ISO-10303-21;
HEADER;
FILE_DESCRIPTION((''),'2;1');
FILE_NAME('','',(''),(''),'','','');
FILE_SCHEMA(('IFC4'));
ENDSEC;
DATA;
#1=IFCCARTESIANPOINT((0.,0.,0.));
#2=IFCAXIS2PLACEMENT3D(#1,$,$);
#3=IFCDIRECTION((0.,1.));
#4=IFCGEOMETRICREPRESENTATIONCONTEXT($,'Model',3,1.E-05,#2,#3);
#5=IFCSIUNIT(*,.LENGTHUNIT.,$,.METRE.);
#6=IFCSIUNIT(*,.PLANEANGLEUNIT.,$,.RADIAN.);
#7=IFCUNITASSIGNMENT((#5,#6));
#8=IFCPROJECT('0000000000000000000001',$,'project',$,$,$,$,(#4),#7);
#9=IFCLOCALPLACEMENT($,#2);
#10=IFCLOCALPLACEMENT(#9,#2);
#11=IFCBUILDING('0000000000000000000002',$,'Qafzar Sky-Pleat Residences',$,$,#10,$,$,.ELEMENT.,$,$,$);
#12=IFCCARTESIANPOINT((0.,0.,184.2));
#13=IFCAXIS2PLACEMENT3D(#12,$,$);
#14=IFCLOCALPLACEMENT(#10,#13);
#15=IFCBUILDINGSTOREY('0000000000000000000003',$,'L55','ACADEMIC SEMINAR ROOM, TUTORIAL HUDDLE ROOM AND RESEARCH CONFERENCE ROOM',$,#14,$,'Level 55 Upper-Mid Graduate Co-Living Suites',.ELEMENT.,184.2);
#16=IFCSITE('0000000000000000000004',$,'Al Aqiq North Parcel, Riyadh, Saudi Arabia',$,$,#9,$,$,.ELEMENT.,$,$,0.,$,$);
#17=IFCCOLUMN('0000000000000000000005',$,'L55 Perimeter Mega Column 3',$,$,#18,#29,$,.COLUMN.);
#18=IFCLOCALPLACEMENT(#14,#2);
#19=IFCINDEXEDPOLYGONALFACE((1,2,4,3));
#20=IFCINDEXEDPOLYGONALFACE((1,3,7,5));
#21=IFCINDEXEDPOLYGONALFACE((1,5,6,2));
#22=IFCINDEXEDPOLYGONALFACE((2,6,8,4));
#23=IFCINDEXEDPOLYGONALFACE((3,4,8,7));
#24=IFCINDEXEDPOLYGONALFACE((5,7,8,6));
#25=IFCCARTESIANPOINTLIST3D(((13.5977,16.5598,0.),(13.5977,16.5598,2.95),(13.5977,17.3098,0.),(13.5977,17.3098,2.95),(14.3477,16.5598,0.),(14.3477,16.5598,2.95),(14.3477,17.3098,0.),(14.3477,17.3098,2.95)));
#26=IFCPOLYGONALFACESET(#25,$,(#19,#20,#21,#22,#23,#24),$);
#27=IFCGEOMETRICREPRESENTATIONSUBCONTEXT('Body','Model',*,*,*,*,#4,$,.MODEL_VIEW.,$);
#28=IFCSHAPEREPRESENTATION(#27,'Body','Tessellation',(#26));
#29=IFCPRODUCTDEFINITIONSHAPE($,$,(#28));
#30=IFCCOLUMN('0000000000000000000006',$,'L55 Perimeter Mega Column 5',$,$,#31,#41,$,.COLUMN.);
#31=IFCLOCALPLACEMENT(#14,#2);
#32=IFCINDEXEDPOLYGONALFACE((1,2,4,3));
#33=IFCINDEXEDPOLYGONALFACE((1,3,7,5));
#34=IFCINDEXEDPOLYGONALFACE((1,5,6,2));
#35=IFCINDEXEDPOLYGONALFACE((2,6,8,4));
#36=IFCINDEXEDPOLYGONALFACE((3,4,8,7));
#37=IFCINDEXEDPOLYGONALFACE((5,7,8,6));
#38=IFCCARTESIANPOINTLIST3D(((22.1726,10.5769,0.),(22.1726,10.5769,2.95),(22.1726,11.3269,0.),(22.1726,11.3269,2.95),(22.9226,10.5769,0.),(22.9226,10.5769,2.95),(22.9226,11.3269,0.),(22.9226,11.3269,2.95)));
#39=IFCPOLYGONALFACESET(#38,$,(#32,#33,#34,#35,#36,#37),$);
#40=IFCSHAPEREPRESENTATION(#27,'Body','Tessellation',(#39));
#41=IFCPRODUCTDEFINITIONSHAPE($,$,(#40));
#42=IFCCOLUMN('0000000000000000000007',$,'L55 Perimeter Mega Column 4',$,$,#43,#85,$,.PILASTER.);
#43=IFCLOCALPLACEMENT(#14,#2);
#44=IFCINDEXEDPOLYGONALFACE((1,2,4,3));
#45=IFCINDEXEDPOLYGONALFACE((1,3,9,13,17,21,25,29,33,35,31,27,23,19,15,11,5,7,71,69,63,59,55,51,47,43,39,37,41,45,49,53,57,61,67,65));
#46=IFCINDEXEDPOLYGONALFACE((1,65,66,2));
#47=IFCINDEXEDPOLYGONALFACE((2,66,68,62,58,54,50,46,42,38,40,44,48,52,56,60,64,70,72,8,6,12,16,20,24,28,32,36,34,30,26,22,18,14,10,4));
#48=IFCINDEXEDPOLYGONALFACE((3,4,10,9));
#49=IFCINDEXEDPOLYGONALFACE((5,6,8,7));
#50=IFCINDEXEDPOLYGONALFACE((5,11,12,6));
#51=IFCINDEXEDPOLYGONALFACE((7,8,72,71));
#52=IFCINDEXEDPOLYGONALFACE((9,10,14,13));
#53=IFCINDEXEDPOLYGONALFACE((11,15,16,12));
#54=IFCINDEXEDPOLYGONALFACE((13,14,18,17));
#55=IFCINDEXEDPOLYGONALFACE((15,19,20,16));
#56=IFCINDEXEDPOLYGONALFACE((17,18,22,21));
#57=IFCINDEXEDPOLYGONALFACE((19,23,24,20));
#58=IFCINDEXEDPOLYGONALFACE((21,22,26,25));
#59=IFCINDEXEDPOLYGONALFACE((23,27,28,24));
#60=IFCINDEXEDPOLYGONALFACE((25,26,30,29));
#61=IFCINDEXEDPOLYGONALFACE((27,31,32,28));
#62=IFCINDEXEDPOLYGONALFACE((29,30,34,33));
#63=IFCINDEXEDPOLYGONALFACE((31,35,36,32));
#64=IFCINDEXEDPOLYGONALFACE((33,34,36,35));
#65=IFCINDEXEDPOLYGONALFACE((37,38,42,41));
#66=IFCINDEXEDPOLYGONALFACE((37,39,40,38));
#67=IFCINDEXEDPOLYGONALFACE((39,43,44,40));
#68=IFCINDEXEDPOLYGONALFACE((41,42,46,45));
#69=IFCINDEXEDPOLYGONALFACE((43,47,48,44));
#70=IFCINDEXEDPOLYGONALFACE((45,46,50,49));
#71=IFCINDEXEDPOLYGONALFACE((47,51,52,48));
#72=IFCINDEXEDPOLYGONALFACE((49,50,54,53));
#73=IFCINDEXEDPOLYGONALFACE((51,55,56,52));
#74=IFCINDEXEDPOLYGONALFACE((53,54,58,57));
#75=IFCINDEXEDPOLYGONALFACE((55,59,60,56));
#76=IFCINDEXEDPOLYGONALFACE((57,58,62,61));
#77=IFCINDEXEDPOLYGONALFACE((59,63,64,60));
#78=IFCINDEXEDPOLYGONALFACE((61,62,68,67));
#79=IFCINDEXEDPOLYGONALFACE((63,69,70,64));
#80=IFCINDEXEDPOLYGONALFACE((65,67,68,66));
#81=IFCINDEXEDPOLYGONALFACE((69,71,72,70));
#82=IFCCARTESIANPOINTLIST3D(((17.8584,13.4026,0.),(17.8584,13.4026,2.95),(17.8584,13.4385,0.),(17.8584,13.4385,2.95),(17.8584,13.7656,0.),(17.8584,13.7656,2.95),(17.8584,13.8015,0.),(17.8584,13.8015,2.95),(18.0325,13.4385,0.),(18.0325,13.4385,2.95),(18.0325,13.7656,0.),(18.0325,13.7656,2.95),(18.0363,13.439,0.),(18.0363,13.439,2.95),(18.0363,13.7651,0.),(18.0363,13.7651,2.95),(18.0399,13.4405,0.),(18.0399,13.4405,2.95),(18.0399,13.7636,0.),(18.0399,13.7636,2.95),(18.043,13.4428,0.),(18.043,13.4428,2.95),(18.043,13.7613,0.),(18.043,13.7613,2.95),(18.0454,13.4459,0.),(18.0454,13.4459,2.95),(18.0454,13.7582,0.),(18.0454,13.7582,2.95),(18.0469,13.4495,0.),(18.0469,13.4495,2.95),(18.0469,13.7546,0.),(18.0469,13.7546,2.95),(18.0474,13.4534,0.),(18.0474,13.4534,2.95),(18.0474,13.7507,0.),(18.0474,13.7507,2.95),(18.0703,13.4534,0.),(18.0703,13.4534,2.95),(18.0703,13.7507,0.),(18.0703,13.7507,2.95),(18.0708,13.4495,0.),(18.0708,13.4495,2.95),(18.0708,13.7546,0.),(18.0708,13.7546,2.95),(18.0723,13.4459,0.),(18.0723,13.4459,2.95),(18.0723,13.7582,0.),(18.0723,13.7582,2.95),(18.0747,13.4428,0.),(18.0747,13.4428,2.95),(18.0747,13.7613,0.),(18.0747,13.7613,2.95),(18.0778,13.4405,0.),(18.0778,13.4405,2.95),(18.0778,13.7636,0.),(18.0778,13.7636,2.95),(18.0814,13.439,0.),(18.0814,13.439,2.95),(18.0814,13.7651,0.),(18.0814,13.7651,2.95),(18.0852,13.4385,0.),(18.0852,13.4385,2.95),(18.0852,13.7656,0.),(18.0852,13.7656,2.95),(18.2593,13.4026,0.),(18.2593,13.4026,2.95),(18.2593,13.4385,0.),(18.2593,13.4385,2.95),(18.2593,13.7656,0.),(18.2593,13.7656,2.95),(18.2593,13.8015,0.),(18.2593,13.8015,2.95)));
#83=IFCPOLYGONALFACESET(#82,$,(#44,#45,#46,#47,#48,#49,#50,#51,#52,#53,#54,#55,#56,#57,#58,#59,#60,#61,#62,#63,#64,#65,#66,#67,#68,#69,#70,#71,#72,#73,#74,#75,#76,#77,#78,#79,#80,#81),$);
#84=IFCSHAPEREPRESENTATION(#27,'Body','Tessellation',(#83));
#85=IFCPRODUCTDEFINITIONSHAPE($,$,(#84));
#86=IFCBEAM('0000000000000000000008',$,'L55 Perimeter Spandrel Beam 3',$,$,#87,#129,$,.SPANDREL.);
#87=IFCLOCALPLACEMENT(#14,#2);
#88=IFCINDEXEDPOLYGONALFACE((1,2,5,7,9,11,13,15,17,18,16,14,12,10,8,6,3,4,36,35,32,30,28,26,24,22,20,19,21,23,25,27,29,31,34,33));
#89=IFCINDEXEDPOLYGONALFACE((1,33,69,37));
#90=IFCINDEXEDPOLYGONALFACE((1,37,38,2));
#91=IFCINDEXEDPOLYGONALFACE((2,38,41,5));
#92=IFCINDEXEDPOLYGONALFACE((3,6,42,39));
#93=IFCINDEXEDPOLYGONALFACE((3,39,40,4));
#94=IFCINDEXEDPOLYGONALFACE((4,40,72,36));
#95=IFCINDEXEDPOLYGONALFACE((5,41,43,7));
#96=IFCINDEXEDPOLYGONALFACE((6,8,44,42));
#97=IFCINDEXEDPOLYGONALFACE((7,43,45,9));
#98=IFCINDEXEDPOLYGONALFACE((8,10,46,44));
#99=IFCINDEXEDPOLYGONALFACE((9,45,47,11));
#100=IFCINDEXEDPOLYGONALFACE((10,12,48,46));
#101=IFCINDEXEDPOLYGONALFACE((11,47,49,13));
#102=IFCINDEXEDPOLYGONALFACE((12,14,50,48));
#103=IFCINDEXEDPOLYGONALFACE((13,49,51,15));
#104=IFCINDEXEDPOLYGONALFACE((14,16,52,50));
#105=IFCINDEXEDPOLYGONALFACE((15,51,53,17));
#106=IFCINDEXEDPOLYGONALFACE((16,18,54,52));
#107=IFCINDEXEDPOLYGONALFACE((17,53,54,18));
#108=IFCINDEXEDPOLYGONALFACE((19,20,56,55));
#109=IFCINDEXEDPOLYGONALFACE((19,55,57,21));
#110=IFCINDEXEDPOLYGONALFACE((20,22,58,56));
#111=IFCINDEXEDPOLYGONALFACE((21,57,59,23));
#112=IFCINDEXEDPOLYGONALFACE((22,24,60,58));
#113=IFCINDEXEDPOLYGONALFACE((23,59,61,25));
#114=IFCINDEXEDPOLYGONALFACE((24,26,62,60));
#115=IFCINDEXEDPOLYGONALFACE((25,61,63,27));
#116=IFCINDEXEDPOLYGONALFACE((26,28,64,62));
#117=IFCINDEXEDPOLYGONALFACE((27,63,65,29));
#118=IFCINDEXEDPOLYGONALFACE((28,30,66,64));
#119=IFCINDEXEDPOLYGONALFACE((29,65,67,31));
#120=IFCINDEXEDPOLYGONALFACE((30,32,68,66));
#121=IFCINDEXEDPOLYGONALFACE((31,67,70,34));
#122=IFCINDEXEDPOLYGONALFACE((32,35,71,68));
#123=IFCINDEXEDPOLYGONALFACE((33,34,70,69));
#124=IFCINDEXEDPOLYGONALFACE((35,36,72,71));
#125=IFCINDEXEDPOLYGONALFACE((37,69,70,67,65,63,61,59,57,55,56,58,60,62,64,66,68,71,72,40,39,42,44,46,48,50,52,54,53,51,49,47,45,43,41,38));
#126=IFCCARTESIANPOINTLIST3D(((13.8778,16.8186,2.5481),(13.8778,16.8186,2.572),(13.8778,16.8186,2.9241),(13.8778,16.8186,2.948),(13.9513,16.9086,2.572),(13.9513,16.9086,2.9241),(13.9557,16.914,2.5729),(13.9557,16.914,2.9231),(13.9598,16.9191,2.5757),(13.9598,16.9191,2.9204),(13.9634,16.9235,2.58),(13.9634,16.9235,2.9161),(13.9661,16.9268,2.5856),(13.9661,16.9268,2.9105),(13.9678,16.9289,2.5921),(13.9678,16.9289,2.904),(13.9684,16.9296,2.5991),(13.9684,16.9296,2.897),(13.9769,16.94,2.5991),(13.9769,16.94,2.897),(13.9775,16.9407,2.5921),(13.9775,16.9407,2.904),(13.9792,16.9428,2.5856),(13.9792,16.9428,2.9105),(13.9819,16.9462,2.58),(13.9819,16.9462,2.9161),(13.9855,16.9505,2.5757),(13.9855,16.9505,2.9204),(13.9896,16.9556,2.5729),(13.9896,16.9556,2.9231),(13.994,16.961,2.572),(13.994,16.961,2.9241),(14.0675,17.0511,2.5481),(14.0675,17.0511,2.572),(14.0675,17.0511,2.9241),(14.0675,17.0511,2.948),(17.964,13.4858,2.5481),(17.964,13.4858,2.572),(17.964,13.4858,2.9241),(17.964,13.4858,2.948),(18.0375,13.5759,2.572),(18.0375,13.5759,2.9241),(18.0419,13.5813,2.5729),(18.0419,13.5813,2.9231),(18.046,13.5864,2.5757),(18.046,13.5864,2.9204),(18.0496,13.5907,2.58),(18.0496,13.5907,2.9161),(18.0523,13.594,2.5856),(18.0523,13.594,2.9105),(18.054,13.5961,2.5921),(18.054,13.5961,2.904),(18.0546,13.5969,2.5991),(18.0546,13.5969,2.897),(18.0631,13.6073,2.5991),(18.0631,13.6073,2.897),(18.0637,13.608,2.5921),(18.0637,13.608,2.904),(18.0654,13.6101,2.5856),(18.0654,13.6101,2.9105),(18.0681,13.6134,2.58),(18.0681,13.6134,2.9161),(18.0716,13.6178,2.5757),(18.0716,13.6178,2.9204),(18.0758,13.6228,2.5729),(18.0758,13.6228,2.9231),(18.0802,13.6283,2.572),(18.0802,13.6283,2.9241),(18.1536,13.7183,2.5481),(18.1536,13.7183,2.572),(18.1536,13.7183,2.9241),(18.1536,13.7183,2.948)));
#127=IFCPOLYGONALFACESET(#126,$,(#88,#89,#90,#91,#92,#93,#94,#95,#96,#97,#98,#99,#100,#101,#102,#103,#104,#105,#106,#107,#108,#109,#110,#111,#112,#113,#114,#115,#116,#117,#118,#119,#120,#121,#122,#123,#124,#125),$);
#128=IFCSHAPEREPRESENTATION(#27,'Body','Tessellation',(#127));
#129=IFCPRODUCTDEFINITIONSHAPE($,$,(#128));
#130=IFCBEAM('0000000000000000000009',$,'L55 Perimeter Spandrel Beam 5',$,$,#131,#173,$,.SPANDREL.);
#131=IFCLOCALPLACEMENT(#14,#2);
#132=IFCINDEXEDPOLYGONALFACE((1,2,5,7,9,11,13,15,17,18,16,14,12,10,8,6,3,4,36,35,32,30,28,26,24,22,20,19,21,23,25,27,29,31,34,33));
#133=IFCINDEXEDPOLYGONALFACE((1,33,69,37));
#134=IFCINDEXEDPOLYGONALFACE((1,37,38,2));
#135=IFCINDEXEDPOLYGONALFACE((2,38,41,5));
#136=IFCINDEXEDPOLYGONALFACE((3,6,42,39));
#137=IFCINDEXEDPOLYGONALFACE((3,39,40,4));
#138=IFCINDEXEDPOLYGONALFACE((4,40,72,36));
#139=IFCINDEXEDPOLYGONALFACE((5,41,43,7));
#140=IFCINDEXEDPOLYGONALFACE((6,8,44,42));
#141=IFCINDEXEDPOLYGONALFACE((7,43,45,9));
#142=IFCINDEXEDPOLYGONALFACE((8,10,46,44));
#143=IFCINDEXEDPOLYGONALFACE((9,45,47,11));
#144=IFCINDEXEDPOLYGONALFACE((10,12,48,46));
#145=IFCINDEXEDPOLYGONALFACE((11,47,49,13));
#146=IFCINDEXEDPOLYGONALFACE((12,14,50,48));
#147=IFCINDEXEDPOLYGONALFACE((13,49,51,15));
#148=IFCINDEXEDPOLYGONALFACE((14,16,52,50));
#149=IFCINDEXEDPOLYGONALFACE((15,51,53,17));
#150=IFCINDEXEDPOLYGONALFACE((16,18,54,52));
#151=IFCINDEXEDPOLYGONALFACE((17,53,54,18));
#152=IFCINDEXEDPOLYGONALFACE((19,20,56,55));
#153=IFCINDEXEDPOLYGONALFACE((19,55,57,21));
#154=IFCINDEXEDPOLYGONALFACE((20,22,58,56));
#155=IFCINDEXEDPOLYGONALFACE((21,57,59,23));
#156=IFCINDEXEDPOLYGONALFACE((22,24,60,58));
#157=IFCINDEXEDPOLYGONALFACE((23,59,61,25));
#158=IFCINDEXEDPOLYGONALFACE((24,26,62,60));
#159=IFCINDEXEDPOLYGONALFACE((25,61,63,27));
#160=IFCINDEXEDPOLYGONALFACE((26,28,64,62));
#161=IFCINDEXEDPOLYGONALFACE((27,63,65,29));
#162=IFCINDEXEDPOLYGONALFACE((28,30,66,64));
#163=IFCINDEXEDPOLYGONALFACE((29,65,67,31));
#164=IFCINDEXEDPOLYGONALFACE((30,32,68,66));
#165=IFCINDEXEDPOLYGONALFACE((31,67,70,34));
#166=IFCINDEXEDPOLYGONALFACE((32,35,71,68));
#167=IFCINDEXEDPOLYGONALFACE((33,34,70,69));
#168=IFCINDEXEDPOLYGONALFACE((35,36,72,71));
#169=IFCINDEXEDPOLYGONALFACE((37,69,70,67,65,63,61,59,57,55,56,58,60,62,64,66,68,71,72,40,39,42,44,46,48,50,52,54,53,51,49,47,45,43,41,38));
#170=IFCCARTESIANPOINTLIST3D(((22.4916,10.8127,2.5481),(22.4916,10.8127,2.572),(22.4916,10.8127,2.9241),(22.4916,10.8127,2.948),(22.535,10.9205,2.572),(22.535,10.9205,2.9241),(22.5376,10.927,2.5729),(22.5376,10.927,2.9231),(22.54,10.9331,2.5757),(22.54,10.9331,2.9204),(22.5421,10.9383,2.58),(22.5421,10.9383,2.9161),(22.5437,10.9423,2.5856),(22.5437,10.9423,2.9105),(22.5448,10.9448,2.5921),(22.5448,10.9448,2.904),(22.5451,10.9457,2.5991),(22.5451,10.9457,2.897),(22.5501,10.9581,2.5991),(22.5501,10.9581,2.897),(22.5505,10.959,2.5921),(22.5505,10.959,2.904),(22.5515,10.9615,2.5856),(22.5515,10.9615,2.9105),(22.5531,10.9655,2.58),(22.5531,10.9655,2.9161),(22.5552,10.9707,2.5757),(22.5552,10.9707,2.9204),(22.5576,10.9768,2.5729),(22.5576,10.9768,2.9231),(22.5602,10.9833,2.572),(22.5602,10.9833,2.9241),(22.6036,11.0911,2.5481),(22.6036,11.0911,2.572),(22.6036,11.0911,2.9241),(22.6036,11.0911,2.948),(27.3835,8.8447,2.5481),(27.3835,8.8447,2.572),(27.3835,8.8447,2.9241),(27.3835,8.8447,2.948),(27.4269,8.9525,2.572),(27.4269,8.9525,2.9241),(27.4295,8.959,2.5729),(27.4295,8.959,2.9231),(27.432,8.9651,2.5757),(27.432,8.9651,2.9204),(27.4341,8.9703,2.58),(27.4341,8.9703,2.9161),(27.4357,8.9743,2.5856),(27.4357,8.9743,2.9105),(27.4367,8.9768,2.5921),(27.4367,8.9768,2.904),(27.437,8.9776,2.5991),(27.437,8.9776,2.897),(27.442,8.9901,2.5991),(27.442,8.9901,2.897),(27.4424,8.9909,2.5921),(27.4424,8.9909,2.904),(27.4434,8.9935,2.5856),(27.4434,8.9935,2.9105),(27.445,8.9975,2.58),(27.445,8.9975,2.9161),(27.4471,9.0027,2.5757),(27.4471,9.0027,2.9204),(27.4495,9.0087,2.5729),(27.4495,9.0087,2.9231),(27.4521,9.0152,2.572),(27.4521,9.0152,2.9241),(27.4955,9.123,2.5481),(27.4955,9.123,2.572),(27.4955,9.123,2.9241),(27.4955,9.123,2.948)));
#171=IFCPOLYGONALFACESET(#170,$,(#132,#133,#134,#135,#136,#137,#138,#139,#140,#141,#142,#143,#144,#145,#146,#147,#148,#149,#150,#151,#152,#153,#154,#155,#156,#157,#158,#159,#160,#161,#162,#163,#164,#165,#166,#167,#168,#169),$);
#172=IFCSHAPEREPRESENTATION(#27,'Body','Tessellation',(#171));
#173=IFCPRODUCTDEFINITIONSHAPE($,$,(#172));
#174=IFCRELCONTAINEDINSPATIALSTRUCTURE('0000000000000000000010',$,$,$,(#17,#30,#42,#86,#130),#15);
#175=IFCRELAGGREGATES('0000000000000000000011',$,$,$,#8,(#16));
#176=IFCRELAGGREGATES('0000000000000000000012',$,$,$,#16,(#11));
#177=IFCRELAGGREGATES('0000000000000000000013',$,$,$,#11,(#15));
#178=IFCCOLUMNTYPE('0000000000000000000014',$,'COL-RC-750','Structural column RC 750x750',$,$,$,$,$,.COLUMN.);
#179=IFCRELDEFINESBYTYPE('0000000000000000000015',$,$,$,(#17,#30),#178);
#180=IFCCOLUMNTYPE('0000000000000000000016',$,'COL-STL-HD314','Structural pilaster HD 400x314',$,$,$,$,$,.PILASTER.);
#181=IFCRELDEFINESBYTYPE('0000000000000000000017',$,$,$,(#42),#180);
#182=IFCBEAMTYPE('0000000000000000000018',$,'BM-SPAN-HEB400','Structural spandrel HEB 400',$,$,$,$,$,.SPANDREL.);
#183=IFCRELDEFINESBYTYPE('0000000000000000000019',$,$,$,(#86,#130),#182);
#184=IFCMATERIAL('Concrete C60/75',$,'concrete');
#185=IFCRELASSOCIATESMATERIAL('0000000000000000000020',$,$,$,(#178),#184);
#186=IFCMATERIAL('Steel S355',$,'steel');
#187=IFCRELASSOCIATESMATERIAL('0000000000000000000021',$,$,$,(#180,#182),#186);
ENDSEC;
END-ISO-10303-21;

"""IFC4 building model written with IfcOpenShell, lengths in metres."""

from ifc_helpers import new_model, si_unit, direction, frame, origin, origin_2d, place, context, subcontext, project, spatial, rectangle, i_section, extrude, source, transform, mapped, material, material_profile, profile_set, type_object, element, save


model = new_model("IFC4")

# Units and contexts
model_context = context("Model", 3, precision=1e-05, world=origin(), true_north=direction((0.0, 1.0)))
body_context = subcontext(model_context, "Body", "Model", "MODEL_VIEW")
ifc_project = project(units=[si_unit("LENGTHUNIT", "METRE"), si_unit("PLANEANGLEUNIT", "RADIAN")], contexts=[model_context])

# Site, building, storey
site_placement = place(None, origin())
site = spatial("IfcSite", under=ifc_project, at=site_placement, Name="Al Aqiq North Parcel, Riyadh, Saudi Arabia", CompositionType="ELEMENT", RefElevation=0.0)
building_placement = place(site_placement, origin())
building = spatial("IfcBuilding", under=site, at=building_placement, Name="Qafzar Sky-Pleat Residences", CompositionType="ELEMENT")
storey_placement = place(building_placement, frame((0.0, 0.0, 184.2)))
storey = spatial("IfcBuildingStorey", under=building, at=storey_placement, Name="L55", Description="ACADEMIC SEMINAR ROOM, TUTORIAL HUDDLE ROOM AND RESEARCH CONFERENCE ROOM", LongName="Level 55 Upper-Mid Graduate Co-Living Suites", CompositionType="ELEMENT", Elevation=184.2)

# Columns
ifc_material_1 = material(Name="Concrete C60/75", Category="concrete")
ifc_material_profile_1 = material_profile(ifc_material_1, rectangle(XDim=0.75, YDim=0.75, at=origin_2d()), Name="RC 750x750")
ifc_profile_set_1 = profile_set([ifc_material_profile_1], Name="Concrete C60/75")
column_type_1 = type_object("IfcColumnType", Name="COL-RC-750", Description="Structural column RC 750x750", PredefinedType="COLUMN", material=ifc_profile_set_1)
shared_shape_1 = source(origin(), body_context, "Body", "SweptSolid", [
    extrude(rectangle(XDim=0.75, YDim=0.75, at=origin_2d()), origin(), (0.0, 0.0, 1.0), 2.95),
])
for number, where, z_axis, x_axis, name in (
    (1, (13.9727, 16.9348, 0.0), (0.0, 0.0, 1.0), (1.0, 0.0, 0.0), "L55 Perimeter Mega Column 3"),
    (2, (22.5476, 10.9519, 0.0), (0.0, 0.0, 1.0), (1.0, 0.0, 0.0), "L55 Perimeter Mega Column 5"),
):
    element("IfcColumn", number, at=place(storey_placement, frame(where, z_axis=z_axis, x_axis=x_axis)), inside=storey, type_object=column_type_1, Name=name, PredefinedType="COLUMN", context=body_context, shape_type="MappedRepresentation", body=[
        mapped(shared_shape_1, transform((0.0, 0.0, 0.0), x_axis=(1.0, 0.0, 0.0), y_axis=(0.0, 1.0, 0.0), z_axis=(0.0, 0.0, 1.0), scale=1.0)),
    ])
ifc_material_2 = material(Name="Steel S355", Category="steel")
ifc_material_profile_2 = material_profile(ifc_material_2, i_section(OverallWidth=0.4009, OverallDepth=0.3989, WebThickness=0.0229, FlangeThickness=0.0359, FilletRadius=0.0149, at=origin_2d()), Name="HD 400x314")
ifc_profile_set_2 = profile_set([ifc_material_profile_2], Name="Steel S355")
column_type_2 = type_object("IfcColumnType", Name="COL-STL-HD314", Description="Structural pilaster HD 400x314", PredefinedType="PILASTER", material=ifc_profile_set_2)
shared_shape_2 = source(origin(), body_context, "Body", "SweptSolid", [
    extrude(i_section(OverallWidth=0.4009, OverallDepth=0.3989, WebThickness=0.0229, FlangeThickness=0.0359, FilletRadius=0.0149, at=origin_2d()), origin(), (0.0, 0.0, 1.0), 2.95),
])
column_placement = place(storey_placement, frame((18.0588, 13.6021, 0.0), z_axis=(0.0, 0.0, 1.0), x_axis=(1.0, 0.0, 0.0)))
element("IfcColumn", 3, at=column_placement, inside=storey, type_object=column_type_2, Name="L55 Perimeter Mega Column 4", PredefinedType="PILASTER", context=body_context, shape_type="MappedRepresentation", body=[
    mapped(shared_shape_2, transform((0.0, 0.0, 0.0), x_axis=(1.0, 0.0, 0.0), y_axis=(0.0, 1.0, 0.0), z_axis=(0.0, 0.0, 1.0), scale=1.0)),
])

# Beams
ifc_material_profile_3 = material_profile(ifc_material_2, i_section(OverallWidth=0.3, OverallDepth=0.3999, WebThickness=0.0134, FlangeThickness=0.0239, FilletRadius=0.0271, at=origin_2d()), Name="HEB 400")
ifc_profile_set_3 = profile_set([ifc_material_profile_3], Name="Steel S355")
beam_type_1 = type_object("IfcBeamType", Name="BM-SPAN-HEB400", Description="Structural spandrel HEB 400", PredefinedType="SPANDREL", material=ifc_profile_set_3)
shared_shape_3 = source(origin(), body_context, "Body", "SweptSolid", [
    extrude(i_section(OverallWidth=0.3, OverallDepth=0.3999, WebThickness=0.0134, FlangeThickness=0.0239, FilletRadius=0.0271, at=origin_2d()), origin(), (0.0, 0.0, 1.0), 5.2729),
])
for number, where, z_axis, x_axis, name in (
    (4, (13.9727, 16.9348, 2.748), (0.77493, -0.632047, 0.0), (0.632047, 0.77493, 0.0), "L55 Perimeter Spandrel Beam 3"),
    (5, (22.5476, 10.9519, 2.748), (0.927737, -0.373234, 0.0), (0.373234, 0.927737, 0.0), "L55 Perimeter Spandrel Beam 5"),
):
    element("IfcBeam", number, at=place(storey_placement, frame(where, z_axis=z_axis, x_axis=x_axis)), inside=storey, type_object=beam_type_1, Name=name, PredefinedType="SPANDREL", context=body_context, shape_type="MappedRepresentation", body=[
        mapped(shared_shape_3, transform((0.0, 0.0, 0.0), x_axis=(1.0, 0.0, 0.0), y_axis=(0.0, 1.0, 0.0), z_axis=(0.0, 0.0, 1.0), scale=1.0)),
    ])

save(model, "model.ifc")
